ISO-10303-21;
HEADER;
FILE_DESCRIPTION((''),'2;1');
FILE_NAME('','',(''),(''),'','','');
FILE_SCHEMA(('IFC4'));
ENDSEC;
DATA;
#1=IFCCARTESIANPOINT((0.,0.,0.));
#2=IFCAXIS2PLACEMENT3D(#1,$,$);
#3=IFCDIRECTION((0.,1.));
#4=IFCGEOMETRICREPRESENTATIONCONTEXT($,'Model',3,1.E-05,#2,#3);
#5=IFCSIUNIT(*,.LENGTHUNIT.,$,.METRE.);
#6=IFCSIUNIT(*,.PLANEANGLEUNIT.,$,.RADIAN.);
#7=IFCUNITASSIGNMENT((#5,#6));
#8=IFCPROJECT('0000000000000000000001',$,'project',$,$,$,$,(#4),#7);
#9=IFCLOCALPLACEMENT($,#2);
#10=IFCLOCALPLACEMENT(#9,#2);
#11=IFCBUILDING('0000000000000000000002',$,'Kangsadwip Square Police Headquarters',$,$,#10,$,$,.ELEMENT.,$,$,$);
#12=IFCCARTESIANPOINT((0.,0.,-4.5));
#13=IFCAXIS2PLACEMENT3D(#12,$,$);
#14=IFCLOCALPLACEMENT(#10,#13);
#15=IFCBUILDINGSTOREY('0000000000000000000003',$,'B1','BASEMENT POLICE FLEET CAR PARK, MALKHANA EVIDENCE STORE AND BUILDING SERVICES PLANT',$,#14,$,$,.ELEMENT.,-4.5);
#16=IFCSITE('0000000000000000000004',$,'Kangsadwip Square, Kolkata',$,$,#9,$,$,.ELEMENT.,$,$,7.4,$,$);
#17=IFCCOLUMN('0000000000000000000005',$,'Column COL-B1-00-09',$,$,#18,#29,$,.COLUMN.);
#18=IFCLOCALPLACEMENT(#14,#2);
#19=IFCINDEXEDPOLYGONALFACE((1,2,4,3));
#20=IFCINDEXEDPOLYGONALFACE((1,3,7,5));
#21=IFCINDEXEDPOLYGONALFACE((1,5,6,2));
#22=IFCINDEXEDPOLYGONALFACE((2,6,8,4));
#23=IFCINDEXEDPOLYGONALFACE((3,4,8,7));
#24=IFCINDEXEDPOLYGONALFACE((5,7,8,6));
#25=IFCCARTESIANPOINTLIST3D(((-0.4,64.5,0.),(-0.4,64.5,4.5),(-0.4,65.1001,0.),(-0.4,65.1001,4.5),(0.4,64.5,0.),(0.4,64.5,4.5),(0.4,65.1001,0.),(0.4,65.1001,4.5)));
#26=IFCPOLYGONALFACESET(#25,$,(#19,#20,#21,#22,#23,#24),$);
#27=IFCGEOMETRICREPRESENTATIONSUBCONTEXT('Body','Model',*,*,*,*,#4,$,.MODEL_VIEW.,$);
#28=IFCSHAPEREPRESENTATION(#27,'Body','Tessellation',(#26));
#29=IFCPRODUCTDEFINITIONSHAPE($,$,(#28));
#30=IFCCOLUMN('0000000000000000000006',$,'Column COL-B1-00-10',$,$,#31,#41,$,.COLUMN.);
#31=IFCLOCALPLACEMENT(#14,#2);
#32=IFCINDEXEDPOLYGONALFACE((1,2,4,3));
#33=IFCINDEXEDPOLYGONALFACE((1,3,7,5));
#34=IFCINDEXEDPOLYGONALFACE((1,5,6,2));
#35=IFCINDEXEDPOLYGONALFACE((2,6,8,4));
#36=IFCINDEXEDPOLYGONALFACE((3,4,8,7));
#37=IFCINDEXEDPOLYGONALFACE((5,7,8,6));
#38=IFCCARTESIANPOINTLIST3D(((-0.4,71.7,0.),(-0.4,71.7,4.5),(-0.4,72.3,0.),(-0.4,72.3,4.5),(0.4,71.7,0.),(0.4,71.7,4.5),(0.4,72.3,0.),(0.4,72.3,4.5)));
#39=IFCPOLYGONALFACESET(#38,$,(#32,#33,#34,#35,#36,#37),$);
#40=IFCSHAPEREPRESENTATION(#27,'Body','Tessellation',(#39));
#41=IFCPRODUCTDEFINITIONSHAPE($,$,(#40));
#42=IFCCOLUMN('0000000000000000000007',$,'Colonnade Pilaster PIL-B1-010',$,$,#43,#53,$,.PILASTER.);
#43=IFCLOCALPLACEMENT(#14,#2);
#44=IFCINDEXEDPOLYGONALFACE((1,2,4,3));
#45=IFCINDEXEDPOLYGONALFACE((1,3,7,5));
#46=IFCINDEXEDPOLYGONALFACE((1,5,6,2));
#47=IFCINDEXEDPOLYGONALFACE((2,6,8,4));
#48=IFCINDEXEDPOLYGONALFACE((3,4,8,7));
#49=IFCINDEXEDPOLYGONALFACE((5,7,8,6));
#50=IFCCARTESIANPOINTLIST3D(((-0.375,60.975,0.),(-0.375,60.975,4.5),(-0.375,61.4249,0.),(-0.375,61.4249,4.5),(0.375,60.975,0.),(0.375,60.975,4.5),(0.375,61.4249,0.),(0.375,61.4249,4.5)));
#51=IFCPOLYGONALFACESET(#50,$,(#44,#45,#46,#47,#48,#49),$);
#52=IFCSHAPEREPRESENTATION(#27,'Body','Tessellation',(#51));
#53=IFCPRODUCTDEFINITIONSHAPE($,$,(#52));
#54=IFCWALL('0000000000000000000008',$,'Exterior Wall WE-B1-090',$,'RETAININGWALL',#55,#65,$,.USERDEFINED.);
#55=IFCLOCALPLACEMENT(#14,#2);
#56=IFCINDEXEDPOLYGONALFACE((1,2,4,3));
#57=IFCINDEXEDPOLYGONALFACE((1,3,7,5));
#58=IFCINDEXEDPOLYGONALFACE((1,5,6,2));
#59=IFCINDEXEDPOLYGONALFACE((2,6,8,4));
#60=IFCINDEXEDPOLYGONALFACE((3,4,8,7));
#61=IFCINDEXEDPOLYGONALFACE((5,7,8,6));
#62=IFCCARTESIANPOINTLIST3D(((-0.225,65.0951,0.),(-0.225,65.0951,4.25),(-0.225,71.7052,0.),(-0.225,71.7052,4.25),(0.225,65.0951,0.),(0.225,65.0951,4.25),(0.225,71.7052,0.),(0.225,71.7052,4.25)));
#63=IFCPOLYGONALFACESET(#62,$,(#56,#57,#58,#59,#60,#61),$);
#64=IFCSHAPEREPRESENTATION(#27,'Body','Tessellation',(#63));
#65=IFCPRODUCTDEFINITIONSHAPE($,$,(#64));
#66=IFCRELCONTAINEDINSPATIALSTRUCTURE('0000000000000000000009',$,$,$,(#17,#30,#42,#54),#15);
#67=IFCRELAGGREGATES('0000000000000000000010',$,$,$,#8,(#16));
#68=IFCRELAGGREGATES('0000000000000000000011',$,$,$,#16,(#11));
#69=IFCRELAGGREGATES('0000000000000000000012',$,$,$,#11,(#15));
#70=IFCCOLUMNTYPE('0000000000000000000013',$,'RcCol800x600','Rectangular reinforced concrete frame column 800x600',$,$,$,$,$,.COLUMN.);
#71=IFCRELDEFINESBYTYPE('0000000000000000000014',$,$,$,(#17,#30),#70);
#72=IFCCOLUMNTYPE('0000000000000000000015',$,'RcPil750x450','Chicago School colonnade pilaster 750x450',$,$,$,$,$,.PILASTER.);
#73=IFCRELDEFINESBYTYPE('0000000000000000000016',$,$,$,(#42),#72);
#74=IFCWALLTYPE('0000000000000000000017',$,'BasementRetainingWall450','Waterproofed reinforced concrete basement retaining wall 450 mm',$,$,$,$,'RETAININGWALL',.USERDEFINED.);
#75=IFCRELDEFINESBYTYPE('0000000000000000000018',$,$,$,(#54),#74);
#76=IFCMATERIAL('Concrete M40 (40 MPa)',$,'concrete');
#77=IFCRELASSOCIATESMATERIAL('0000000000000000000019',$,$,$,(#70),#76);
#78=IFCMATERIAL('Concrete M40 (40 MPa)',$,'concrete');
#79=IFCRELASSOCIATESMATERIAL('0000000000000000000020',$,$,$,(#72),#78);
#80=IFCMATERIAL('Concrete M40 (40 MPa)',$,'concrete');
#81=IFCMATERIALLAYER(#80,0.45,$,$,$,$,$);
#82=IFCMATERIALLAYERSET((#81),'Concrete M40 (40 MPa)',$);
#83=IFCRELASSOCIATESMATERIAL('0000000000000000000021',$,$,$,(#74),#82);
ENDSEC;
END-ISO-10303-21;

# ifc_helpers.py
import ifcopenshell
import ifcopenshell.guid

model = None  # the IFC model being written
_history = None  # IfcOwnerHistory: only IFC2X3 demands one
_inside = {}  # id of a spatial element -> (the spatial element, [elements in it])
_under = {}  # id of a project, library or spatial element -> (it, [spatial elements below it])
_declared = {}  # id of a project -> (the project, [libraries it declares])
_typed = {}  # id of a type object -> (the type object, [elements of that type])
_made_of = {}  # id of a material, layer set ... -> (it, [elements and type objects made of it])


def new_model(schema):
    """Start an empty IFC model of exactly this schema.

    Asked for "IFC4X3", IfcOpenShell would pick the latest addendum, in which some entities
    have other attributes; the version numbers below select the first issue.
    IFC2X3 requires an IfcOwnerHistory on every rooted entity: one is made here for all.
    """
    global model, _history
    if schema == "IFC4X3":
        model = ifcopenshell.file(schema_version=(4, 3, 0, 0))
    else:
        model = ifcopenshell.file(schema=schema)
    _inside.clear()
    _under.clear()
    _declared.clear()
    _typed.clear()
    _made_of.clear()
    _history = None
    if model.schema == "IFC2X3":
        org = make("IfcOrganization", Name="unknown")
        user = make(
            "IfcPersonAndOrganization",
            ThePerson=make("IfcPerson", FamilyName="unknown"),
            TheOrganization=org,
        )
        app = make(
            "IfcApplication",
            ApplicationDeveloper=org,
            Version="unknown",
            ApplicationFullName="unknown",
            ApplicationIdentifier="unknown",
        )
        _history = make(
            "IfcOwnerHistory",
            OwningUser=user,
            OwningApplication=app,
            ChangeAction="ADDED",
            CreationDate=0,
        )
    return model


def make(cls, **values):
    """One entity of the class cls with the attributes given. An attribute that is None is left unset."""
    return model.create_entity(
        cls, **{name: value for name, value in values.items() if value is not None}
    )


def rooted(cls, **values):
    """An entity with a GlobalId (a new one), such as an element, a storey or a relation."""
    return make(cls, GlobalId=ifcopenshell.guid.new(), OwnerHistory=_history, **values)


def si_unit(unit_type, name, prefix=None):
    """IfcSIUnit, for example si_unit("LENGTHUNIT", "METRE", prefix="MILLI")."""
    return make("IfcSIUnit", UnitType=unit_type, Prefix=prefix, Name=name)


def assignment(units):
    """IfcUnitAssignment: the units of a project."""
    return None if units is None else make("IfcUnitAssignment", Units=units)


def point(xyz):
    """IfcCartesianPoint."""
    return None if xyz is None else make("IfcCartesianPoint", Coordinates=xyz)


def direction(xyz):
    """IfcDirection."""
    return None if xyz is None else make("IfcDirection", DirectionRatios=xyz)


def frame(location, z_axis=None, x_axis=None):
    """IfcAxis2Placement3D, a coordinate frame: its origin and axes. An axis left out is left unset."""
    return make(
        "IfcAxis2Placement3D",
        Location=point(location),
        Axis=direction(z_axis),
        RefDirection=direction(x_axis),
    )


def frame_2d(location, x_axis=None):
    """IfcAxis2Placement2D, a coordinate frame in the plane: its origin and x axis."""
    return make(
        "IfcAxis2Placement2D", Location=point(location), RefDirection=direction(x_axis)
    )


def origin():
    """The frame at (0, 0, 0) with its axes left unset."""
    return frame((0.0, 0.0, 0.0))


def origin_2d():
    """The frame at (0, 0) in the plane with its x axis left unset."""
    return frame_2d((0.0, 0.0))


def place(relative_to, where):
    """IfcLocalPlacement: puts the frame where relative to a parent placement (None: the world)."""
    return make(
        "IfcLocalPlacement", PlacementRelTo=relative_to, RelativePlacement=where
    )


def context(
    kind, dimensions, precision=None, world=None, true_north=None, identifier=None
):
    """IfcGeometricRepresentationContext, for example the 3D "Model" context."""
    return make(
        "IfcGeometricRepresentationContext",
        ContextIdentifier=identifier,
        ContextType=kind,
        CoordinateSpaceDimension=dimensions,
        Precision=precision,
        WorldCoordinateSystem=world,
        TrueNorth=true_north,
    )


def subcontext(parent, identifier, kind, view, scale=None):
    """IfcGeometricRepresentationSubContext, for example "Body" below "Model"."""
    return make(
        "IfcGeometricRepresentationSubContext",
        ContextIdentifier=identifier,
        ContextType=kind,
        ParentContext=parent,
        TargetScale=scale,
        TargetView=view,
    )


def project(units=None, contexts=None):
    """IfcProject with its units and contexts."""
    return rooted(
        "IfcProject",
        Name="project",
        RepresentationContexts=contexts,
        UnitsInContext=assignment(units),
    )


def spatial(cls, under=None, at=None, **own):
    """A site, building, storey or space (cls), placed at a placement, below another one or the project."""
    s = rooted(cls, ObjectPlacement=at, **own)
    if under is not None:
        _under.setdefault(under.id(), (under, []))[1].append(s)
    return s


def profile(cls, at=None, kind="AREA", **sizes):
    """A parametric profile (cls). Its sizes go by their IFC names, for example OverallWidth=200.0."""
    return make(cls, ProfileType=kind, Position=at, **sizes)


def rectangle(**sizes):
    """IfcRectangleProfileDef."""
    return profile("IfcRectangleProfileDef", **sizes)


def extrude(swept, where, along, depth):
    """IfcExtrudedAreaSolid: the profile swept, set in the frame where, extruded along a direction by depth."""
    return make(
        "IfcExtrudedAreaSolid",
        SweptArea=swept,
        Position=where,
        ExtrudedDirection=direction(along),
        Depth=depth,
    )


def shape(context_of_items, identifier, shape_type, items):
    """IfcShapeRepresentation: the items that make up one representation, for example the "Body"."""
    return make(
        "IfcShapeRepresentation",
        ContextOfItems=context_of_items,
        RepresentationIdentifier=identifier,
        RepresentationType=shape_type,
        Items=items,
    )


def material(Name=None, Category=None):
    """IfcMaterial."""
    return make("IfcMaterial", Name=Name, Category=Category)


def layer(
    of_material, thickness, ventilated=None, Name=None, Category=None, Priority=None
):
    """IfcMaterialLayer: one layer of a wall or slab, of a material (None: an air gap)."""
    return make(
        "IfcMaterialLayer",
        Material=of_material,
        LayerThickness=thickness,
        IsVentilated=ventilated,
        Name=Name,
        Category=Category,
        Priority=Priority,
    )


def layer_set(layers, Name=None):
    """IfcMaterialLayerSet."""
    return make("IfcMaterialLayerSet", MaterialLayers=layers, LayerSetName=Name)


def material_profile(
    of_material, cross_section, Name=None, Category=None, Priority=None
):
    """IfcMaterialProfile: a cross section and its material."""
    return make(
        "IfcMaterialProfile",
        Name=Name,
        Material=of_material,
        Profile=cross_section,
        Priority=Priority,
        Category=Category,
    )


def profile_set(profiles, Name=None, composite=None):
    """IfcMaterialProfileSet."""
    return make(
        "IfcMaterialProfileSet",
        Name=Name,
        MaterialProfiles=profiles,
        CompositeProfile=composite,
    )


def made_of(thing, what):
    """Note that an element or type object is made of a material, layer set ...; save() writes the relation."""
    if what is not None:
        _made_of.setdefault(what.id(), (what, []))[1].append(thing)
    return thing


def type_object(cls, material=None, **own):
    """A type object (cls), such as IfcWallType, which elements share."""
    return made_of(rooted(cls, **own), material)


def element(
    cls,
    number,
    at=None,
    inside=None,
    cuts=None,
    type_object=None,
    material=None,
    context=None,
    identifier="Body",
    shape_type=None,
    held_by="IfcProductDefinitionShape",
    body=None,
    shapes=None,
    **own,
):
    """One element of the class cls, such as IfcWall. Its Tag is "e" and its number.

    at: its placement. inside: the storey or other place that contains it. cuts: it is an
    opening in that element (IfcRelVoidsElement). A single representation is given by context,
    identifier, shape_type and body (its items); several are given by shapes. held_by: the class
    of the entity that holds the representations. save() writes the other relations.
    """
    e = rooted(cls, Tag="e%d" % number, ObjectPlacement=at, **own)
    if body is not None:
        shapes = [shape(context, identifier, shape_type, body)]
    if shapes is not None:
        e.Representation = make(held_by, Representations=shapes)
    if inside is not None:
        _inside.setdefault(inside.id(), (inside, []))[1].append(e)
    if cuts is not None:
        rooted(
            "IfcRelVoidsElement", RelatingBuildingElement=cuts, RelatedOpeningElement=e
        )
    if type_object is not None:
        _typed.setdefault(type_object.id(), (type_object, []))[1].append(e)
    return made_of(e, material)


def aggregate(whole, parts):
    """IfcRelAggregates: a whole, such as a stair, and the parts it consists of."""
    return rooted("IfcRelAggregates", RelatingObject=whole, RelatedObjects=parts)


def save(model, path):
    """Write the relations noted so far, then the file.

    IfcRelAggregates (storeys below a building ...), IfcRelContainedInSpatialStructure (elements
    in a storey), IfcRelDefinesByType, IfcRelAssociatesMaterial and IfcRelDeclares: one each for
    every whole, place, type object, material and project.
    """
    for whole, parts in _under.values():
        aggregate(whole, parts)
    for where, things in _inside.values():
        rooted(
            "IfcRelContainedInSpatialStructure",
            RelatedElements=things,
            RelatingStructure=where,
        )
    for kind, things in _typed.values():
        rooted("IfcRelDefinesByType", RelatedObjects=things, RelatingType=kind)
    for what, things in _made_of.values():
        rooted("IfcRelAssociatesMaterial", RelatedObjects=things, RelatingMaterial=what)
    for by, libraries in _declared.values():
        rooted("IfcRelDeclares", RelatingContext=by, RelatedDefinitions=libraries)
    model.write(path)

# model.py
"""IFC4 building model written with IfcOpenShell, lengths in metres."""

from ifc_helpers import new_model, si_unit, direction, frame, frame_2d, origin, origin_2d, place, context, subcontext, project, spatial, rectangle, extrude, material, layer, layer_set, material_profile, profile_set, type_object, element, save


model = new_model("IFC4")

# Units and contexts
model_context = context("Model", 3, precision=1e-05, world=origin(), true_north=direction((0.0, 1.0)))
body_context = subcontext(model_context, "Body", "Model", "MODEL_VIEW")
ifc_project = project(units=[si_unit("LENGTHUNIT", "METRE"), si_unit("PLANEANGLEUNIT", "RADIAN")], contexts=[model_context])

# Site, building, storey
site_placement = place(None, origin())
site = spatial("IfcSite", under=ifc_project, at=site_placement, Name="Kangsadwip Square, Kolkata", CompositionType="ELEMENT", RefElevation=7.4)
building_placement = place(site_placement, origin())
building = spatial("IfcBuilding", under=site, at=building_placement, Name="Kangsadwip Square Police Headquarters", CompositionType="ELEMENT")
storey_placement = place(building_placement, frame((0.0, 0.0, -4.5)))
storey = spatial("IfcBuildingStorey", under=building, at=storey_placement, Name="B1", Description="BASEMENT POLICE FLEET CAR PARK, MALKHANA EVIDENCE STORE AND BUILDING SERVICES PLANT", CompositionType="ELEMENT", Elevation=-4.5)

# Columns
ifc_material_1 = material(Name="Concrete M40 (40 MPa)", Category="concrete")
ifc_material_profile_1 = material_profile(ifc_material_1, rectangle(XDim=0.6001, YDim=0.8, at=origin_2d()), Name="RC COL 800X600")
ifc_profile_set_1 = profile_set([ifc_material_profile_1], Name="Concrete M40 (40 MPa)")
column_type_1 = type_object("IfcColumnType", Name="RcCol800x600", Description="Rectangular reinforced concrete frame column 800x600", PredefinedType="COLUMN", material=ifc_profile_set_1)
for number, where, z_axis, x_axis, name in (
    (1, (0.0, 64.8, 0.0), (0.0, 0.0, 1.0), (0.0, 1.0, 0.0), "Column COL-B1-00-09"),
    (2, (0.0, 72.0, 0.0), (0.0, 0.0, 1.0), (0.0, 1.0, 0.0), "Column COL-B1-00-10"),
):
    element("IfcColumn", number, at=place(storey_placement, frame(where, z_axis=z_axis, x_axis=x_axis)), inside=storey, type_object=column_type_1, Name=name, PredefinedType="COLUMN", context=body_context, shape_type="SweptSolid", body=[
        extrude(rectangle(XDim=0.6001, YDim=0.8, at=origin_2d()), origin(), (0.0, 0.0, 1.0), 4.5),
    ])
ifc_material_2 = material(Name="Concrete M40 (40 MPa)", Category="concrete")
ifc_material_profile_2 = material_profile(ifc_material_2, rectangle(XDim=0.45, YDim=0.75, at=origin_2d()), Name="RC PIL 750X450")
ifc_profile_set_2 = profile_set([ifc_material_profile_2], Name="Concrete M40 (40 MPa)")
column_type_2 = type_object("IfcColumnType", Name="RcPil750x450", Description="Chicago School colonnade pilaster 750x450", PredefinedType="PILASTER", material=ifc_profile_set_2)
column_placement = place(storey_placement, frame((0.0, 61.2, 0.0), z_axis=(0.0, 0.0, 1.0), x_axis=(0.0, 1.0, 0.0)))
element("IfcColumn", 3, at=column_placement, inside=storey, type_object=column_type_2, Name="Colonnade Pilaster PIL-B1-010", PredefinedType="PILASTER", context=body_context, shape_type="SweptSolid", body=[
    extrude(rectangle(XDim=0.45, YDim=0.75, at=origin_2d()), origin(), (0.0, 0.0, 1.0), 4.5),
])

# Wall
ifc_material_3 = material(Name="Concrete M40 (40 MPa)", Category="concrete")
ifc_layer = layer(ifc_material_3, 0.45)
ifc_layer_set = layer_set([ifc_layer], Name="Concrete M40 (40 MPa)")
wall_type = type_object("IfcWallType", Name="BasementRetainingWall450", Description="Waterproofed reinforced concrete basement retaining wall 450 mm", ElementType="RETAININGWALL", PredefinedType="USERDEFINED", material=ifc_layer_set)
wall_placement = place(storey_placement, frame((0.0, 65.095, 0.0), z_axis=(0.0, 0.0, 1.0), x_axis=(0.0, 1.0, 0.0)))
element("IfcWall", 4, at=wall_placement, inside=storey, type_object=wall_type, Name="Exterior Wall WE-B1-090", ObjectType="RETAININGWALL", PredefinedType="USERDEFINED", context=body_context, shape_type="SweptSolid", body=[
    extrude(rectangle(XDim=6.6101, YDim=0.45, at=frame_2d((3.3052, 0.0))), origin(), (0.0, 0.0, 1.0), 4.25),
])

save(model, "model.ifc")
